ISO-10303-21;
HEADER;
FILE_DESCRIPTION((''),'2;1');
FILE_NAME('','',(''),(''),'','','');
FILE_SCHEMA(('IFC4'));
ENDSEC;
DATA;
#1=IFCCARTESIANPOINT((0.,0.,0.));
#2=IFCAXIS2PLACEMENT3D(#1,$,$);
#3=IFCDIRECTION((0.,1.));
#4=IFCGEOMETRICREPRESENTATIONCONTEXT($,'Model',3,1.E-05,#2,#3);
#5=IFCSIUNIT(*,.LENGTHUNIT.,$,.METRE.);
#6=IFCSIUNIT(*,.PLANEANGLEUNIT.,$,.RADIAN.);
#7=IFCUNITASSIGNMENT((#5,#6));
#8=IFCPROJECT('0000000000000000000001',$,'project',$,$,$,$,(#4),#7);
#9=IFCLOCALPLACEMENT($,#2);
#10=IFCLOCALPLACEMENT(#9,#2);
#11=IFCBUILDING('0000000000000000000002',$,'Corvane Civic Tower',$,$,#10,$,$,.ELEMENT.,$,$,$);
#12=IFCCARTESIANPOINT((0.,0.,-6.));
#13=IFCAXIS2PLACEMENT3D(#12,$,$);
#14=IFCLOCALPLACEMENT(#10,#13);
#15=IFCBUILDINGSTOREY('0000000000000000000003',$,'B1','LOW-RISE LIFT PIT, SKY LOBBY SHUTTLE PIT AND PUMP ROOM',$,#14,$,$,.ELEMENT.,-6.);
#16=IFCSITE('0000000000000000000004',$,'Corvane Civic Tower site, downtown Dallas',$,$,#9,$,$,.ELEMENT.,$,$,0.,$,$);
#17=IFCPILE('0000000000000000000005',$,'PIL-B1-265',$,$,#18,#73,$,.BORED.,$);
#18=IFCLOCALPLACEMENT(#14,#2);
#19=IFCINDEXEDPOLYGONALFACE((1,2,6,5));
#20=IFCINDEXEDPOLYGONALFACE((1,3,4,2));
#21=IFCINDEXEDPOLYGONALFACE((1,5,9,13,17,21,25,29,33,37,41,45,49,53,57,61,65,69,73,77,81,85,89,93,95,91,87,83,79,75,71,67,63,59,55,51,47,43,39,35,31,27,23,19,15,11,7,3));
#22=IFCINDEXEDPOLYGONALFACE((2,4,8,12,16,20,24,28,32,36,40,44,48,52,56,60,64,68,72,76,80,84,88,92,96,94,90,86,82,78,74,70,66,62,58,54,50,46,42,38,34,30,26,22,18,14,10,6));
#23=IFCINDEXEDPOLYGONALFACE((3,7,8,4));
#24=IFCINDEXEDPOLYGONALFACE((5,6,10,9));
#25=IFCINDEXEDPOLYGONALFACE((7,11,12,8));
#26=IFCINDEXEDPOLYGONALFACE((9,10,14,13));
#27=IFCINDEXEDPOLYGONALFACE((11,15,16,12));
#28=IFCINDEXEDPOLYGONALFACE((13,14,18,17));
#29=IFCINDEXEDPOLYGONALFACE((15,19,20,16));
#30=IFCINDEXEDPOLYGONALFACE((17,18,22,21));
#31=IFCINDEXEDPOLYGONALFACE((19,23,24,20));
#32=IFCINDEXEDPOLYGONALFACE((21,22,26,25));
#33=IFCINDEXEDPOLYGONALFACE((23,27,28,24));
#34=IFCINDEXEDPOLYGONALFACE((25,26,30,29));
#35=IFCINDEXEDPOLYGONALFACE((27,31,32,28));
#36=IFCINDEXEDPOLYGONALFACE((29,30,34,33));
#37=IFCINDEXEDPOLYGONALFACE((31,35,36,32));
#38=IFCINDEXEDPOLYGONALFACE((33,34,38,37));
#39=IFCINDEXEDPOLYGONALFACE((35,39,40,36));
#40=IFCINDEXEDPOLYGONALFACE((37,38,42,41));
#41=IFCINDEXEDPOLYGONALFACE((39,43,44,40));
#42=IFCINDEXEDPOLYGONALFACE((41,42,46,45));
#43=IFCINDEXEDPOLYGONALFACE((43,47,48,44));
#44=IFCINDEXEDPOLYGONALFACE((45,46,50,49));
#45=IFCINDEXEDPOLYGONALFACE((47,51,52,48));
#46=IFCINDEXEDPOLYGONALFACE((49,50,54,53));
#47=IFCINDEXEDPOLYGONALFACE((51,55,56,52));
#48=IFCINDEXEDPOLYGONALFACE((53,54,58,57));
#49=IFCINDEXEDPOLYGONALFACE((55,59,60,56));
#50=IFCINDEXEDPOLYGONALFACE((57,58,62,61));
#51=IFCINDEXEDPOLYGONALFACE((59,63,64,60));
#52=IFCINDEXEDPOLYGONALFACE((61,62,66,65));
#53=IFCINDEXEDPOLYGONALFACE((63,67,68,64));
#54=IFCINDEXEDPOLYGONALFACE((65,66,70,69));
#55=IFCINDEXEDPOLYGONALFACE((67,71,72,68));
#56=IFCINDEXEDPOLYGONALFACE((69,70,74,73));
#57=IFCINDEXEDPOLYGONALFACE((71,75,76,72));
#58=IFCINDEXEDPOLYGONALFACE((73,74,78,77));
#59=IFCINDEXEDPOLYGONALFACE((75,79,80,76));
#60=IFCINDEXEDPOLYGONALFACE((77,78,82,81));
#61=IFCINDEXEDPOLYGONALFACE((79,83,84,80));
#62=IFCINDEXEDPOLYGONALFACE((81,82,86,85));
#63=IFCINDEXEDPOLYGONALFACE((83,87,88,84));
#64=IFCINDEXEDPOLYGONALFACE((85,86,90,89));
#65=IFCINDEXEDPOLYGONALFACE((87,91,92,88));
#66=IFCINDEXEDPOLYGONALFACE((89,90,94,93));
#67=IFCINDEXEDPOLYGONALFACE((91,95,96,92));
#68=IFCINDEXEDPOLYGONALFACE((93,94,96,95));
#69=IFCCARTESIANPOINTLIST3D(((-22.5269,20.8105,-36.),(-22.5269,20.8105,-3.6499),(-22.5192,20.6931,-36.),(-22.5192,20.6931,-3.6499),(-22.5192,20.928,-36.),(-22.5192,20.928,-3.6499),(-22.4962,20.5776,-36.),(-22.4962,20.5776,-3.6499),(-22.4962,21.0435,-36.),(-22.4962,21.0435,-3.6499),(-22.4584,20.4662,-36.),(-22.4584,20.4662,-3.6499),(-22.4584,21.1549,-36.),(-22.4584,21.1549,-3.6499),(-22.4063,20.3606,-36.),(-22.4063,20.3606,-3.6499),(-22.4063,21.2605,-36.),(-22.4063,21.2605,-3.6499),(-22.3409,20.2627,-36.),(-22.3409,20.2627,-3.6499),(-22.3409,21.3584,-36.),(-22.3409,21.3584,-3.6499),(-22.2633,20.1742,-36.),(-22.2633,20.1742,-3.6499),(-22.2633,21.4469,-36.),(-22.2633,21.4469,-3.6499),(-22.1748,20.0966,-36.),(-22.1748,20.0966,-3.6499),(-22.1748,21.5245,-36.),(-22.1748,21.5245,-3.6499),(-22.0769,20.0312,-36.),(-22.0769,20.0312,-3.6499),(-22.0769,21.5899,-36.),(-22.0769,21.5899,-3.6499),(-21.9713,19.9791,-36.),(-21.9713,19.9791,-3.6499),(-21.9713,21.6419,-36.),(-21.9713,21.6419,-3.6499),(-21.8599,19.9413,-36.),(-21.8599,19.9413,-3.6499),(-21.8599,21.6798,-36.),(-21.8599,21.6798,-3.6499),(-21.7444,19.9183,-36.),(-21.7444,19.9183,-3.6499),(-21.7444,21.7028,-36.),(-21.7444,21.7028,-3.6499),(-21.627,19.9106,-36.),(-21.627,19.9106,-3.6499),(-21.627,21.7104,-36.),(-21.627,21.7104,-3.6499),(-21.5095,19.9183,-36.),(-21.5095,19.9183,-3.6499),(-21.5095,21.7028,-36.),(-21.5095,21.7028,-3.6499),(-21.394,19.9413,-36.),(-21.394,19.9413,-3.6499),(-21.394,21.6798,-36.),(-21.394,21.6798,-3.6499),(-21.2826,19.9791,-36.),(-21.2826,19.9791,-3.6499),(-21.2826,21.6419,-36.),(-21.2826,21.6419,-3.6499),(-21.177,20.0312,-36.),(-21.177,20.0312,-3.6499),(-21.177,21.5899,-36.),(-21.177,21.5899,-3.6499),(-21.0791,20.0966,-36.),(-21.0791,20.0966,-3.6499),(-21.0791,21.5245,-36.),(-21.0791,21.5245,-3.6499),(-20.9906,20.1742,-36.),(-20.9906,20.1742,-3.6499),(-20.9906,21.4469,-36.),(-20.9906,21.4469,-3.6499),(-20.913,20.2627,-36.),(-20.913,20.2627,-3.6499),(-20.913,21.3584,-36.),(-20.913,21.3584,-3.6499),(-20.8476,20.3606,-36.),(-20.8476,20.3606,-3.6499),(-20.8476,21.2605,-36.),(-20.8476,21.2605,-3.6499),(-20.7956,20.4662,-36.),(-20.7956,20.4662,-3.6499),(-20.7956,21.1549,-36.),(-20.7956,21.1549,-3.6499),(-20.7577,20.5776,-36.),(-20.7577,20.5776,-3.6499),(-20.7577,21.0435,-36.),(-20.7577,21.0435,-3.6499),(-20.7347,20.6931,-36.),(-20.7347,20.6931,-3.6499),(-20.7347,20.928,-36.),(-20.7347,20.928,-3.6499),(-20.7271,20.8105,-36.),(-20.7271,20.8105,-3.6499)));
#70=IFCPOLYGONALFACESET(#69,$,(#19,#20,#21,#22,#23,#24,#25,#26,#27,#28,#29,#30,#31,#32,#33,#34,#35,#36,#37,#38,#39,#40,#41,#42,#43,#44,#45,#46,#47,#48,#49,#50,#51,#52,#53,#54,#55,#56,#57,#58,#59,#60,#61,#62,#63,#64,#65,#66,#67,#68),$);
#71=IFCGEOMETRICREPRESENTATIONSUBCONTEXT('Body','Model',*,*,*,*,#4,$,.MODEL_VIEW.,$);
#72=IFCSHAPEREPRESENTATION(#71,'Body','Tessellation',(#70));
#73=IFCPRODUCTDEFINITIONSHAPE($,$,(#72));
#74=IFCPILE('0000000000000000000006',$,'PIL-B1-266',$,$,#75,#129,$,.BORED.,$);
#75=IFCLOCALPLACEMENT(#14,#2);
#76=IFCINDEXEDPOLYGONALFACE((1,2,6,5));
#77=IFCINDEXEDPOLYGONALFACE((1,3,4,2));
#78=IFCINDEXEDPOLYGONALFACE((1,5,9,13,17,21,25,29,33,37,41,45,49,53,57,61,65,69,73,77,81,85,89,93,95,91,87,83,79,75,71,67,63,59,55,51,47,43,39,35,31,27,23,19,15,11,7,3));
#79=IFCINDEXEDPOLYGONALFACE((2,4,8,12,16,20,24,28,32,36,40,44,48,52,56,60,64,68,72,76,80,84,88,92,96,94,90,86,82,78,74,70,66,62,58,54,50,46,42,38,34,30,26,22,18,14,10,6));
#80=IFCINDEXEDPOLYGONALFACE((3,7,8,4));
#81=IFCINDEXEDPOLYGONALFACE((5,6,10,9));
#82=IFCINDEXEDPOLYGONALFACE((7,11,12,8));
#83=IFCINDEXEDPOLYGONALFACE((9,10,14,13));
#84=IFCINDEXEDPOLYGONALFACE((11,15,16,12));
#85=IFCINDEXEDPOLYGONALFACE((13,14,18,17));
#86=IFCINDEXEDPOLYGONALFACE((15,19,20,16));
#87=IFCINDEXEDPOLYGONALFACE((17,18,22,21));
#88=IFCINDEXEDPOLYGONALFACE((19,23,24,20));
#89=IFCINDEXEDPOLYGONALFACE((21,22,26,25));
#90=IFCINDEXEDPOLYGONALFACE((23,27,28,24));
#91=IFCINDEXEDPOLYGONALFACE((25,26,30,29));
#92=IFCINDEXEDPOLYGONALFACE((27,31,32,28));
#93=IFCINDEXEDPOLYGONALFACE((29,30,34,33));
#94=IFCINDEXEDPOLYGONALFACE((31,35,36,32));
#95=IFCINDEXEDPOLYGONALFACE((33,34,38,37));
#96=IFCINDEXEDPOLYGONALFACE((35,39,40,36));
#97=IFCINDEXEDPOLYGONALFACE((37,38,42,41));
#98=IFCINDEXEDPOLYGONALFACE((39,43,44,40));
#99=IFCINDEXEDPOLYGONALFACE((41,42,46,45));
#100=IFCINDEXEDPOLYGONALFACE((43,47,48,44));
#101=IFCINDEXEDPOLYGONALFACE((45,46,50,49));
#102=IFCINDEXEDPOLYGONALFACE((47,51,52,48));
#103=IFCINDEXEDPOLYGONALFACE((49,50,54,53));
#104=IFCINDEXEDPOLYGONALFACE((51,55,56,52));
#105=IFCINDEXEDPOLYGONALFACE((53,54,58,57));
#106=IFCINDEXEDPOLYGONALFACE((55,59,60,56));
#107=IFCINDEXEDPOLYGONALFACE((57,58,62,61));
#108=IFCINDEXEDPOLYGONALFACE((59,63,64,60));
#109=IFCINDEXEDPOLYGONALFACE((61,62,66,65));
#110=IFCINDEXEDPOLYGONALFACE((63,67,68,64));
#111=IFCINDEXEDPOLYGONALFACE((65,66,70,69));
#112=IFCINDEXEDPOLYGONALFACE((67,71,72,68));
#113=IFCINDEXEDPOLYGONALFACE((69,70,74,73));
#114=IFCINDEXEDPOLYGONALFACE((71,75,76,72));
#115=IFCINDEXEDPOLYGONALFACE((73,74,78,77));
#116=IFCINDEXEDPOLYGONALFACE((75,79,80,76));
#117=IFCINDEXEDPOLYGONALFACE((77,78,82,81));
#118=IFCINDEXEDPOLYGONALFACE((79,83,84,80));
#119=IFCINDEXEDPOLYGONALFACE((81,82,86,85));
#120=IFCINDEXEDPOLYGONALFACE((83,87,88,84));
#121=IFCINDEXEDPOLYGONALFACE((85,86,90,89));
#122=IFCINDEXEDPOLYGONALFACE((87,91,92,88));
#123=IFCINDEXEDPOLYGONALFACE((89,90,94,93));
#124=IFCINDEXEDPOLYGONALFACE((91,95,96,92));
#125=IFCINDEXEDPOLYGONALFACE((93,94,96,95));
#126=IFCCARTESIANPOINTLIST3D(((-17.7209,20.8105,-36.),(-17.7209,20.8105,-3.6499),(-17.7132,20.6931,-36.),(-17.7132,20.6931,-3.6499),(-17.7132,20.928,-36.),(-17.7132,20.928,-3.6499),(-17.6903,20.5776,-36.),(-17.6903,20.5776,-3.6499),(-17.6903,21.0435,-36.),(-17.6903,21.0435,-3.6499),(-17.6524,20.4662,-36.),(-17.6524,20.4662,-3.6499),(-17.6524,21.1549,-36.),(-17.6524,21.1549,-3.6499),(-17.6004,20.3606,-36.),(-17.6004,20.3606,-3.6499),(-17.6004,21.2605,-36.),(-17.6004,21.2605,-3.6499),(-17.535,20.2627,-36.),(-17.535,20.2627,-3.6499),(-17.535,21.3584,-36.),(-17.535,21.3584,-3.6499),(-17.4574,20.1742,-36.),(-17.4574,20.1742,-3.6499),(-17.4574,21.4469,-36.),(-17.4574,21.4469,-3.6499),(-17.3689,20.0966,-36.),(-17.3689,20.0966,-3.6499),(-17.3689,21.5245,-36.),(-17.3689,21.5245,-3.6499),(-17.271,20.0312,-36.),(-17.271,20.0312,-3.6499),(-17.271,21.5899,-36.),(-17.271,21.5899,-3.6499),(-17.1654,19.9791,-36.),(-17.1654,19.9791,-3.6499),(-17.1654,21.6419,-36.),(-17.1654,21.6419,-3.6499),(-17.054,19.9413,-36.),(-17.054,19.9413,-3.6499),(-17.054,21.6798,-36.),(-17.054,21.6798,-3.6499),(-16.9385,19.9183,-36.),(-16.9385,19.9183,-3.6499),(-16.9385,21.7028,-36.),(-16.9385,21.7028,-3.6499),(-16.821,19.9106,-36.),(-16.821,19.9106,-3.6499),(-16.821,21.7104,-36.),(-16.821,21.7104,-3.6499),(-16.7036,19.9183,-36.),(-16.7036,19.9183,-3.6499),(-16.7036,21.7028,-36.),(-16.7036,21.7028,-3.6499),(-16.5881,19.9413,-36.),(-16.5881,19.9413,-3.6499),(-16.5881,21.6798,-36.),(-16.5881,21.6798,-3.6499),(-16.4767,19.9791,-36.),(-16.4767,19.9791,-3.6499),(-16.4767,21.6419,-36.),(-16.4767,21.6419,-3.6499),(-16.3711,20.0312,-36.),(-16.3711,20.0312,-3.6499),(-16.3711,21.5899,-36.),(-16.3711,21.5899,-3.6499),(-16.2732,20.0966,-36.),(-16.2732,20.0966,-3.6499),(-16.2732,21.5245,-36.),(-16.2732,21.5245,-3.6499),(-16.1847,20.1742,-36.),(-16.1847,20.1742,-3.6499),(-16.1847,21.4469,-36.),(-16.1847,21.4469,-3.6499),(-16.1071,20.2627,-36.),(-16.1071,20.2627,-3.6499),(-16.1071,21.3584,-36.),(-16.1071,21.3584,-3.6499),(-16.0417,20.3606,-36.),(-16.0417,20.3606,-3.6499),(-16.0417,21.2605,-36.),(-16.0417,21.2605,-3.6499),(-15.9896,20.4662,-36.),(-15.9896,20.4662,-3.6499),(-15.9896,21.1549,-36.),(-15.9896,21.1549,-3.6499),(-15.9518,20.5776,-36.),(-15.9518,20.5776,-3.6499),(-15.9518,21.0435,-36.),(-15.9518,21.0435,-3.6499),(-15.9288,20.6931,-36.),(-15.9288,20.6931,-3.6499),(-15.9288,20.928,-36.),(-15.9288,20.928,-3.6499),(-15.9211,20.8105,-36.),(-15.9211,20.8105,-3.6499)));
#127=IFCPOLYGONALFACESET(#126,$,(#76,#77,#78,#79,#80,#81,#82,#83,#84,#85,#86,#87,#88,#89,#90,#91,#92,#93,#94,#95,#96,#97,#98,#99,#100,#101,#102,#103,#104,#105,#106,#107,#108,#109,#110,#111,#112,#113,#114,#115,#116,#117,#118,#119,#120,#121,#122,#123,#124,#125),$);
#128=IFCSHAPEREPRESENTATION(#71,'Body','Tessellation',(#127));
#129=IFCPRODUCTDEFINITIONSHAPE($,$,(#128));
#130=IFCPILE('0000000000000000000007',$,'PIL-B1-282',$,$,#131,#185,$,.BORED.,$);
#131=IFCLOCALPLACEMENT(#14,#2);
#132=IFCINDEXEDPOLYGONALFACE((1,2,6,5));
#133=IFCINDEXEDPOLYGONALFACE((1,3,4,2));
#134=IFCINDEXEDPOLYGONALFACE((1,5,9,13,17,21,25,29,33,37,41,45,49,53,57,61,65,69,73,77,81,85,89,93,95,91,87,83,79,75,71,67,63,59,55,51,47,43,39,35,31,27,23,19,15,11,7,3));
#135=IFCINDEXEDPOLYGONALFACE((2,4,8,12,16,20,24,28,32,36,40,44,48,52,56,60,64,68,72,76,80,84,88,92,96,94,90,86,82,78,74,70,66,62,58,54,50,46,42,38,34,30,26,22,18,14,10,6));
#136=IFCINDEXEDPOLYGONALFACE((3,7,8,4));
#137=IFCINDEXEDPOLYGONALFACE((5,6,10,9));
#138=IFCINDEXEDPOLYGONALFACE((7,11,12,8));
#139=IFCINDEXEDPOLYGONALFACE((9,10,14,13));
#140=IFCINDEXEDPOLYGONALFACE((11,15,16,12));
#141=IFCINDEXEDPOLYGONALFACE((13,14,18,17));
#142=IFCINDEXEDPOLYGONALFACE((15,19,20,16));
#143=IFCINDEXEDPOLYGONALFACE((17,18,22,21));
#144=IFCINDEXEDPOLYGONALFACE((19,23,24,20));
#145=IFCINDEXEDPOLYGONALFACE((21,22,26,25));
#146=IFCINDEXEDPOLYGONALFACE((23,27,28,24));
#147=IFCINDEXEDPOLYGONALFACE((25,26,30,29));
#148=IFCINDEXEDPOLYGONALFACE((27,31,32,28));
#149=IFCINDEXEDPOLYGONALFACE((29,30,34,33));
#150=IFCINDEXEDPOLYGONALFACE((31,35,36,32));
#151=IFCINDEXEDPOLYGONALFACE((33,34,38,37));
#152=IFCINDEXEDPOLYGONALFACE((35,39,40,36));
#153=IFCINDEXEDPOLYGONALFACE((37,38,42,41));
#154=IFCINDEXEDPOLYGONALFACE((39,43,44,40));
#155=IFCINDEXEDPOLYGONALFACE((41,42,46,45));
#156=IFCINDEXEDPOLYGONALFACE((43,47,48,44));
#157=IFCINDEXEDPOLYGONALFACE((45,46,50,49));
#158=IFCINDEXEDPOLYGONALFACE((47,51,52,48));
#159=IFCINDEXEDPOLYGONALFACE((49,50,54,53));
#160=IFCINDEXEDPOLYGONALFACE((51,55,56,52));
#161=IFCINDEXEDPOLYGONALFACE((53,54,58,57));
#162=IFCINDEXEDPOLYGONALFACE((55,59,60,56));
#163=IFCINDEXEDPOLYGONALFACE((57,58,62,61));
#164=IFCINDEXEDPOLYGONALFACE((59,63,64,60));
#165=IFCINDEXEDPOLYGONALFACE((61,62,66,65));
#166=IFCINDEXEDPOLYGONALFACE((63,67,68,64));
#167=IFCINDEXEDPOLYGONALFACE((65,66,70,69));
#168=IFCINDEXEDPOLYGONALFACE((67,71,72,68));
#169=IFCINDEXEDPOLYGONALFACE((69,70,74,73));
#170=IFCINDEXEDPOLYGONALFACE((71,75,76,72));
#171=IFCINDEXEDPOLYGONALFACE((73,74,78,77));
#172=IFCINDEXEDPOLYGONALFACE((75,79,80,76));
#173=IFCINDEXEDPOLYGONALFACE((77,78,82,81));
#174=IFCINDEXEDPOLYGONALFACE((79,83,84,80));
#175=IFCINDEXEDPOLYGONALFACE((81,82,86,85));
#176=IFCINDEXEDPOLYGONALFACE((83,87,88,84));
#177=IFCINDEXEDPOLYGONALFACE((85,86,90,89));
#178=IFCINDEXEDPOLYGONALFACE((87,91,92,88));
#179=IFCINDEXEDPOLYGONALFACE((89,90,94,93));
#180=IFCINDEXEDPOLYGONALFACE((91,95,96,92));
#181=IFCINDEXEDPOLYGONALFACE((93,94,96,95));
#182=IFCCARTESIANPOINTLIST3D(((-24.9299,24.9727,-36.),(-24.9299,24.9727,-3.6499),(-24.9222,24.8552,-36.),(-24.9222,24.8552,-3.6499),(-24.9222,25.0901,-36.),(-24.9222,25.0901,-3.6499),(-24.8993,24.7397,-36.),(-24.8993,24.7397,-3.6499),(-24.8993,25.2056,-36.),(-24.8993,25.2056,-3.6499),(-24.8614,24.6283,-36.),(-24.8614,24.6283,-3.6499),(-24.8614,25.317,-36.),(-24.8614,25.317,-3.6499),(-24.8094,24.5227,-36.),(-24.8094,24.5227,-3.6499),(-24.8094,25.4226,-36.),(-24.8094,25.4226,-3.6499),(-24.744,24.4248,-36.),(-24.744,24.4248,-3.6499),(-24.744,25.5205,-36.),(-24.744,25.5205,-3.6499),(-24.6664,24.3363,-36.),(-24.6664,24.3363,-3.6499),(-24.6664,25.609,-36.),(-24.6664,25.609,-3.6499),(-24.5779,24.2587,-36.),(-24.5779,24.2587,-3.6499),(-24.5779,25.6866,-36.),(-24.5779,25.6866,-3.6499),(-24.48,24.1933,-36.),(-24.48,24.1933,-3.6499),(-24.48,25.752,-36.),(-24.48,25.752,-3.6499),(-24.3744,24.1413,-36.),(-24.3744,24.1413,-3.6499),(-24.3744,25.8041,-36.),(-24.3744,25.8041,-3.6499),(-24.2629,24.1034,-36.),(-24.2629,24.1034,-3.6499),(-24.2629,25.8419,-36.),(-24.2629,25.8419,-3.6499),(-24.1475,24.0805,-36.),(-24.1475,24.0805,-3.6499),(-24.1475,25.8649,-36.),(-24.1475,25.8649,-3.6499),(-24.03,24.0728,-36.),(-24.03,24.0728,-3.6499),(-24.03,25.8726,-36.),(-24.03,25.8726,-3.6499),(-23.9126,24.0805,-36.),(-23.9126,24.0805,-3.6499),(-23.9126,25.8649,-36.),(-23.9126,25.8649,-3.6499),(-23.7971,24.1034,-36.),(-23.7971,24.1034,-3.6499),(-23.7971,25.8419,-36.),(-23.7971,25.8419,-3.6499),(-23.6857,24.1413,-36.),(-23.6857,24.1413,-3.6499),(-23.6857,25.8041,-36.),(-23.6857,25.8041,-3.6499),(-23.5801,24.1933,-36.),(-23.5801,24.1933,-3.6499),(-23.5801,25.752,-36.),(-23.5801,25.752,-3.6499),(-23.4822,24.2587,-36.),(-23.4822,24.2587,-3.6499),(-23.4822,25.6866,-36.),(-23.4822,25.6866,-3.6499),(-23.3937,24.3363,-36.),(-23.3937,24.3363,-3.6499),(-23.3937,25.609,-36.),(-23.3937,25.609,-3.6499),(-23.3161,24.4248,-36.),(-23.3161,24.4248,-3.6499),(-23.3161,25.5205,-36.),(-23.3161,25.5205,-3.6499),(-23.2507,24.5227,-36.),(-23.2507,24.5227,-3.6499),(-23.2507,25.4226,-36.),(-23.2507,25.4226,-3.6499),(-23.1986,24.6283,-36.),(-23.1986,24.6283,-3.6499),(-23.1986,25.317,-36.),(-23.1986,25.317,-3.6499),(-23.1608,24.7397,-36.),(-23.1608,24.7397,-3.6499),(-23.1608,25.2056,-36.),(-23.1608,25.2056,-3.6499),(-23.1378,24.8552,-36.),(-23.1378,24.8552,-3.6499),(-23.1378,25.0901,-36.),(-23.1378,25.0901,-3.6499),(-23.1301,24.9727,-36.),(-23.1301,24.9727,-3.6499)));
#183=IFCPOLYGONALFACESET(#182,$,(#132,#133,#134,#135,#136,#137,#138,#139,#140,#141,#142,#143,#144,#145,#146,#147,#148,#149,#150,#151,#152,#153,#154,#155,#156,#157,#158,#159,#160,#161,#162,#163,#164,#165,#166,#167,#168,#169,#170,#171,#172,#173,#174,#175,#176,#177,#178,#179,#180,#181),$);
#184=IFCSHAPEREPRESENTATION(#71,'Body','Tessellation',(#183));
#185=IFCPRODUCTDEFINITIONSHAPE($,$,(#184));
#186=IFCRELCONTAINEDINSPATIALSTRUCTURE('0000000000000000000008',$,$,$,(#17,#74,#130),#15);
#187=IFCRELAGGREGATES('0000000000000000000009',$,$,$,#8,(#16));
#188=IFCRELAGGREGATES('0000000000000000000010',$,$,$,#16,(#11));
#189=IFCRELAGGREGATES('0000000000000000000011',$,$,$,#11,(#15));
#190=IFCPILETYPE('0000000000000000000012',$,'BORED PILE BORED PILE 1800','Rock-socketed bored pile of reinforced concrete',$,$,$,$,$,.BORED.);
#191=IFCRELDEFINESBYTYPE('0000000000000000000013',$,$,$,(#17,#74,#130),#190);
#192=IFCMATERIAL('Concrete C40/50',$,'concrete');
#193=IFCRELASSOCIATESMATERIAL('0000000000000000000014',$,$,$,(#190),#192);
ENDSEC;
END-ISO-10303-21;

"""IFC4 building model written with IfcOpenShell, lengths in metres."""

from ifc_helpers import new_model, si_unit, direction, frame, origin, origin_2d, place, context, subcontext, project, spatial, circle, extrude, material, material_profile, profile_set, type_object, element, save


model = new_model("IFC4")

# Units and contexts
model_context = context("Model", 3, precision=1e-05, world=origin(), true_north=direction((0.0, 1.0)))
body_context = subcontext(model_context, "Body", "Model", "MODEL_VIEW")
ifc_project = project(units=[si_unit("LENGTHUNIT", "METRE"), si_unit("PLANEANGLEUNIT", "RADIAN")], contexts=[model_context])

# Site, building, storey
site_placement = place(None, origin())
site = spatial("IfcSite", under=ifc_project, at=site_placement, Name="Corvane Civic Tower site, downtown Dallas", CompositionType="ELEMENT", RefElevation=0.0)
building_placement = place(site_placement, origin())
building = spatial("IfcBuilding", under=site, at=building_placement, Name="Corvane Civic Tower", CompositionType="ELEMENT")
storey_placement = place(building_placement, frame((0.0, 0.0, -6.0)))
storey = spatial("IfcBuildingStorey", under=building, at=storey_placement, Name="B1", Description="LOW-RISE LIFT PIT, SKY LOBBY SHUTTLE PIT AND PUMP ROOM", CompositionType="ELEMENT", Elevation=-6.0)

# Piles
ifc_material_1 = material(Name="Concrete C40/50", Category="concrete")
ifc_material_profile_1 = material_profile(ifc_material_1, circle(Radius=0.8999, at=origin_2d()), Name="BORED PILE 1800")
ifc_profile_set_1 = profile_set([ifc_material_profile_1], Name="Concrete C40/50")
pile_type_1 = type_object("IfcPileType", Name="BORED PILE BORED PILE 1800", Description="Rock-socketed bored pile of reinforced concrete", PredefinedType="BORED", material=ifc_profile_set_1)
for number, where, z_axis, x_axis, name in (
    (1, (-21.627, 20.8105, -3.6499), (0.0, 0.0, -1.0), (1.0, 0.0, 0.0), "PIL-B1-265"),
    (2, (-16.821, 20.8105, -3.6499), (0.0, 0.0, -1.0), (1.0, 0.0, 0.0), "PIL-B1-266"),
    (3, (-24.03, 24.9727, -3.6499), (0.0, 0.0, -1.0), (1.0, 0.0, 0.0), "PIL-B1-282"),
):
    element("IfcPile", number, at=place(storey_placement, frame(where, z_axis=z_axis, x_axis=x_axis)), inside=storey, type_object=pile_type_1, Name=name, PredefinedType="BORED", context=body_context, shape_type="SweptSolid", body=[
        extrude(circle(Radius=0.8999, at=origin_2d()), origin(), (0.0, 0.0, 1.0), 32.3501),
    ])

save(model, "model.ifc")
